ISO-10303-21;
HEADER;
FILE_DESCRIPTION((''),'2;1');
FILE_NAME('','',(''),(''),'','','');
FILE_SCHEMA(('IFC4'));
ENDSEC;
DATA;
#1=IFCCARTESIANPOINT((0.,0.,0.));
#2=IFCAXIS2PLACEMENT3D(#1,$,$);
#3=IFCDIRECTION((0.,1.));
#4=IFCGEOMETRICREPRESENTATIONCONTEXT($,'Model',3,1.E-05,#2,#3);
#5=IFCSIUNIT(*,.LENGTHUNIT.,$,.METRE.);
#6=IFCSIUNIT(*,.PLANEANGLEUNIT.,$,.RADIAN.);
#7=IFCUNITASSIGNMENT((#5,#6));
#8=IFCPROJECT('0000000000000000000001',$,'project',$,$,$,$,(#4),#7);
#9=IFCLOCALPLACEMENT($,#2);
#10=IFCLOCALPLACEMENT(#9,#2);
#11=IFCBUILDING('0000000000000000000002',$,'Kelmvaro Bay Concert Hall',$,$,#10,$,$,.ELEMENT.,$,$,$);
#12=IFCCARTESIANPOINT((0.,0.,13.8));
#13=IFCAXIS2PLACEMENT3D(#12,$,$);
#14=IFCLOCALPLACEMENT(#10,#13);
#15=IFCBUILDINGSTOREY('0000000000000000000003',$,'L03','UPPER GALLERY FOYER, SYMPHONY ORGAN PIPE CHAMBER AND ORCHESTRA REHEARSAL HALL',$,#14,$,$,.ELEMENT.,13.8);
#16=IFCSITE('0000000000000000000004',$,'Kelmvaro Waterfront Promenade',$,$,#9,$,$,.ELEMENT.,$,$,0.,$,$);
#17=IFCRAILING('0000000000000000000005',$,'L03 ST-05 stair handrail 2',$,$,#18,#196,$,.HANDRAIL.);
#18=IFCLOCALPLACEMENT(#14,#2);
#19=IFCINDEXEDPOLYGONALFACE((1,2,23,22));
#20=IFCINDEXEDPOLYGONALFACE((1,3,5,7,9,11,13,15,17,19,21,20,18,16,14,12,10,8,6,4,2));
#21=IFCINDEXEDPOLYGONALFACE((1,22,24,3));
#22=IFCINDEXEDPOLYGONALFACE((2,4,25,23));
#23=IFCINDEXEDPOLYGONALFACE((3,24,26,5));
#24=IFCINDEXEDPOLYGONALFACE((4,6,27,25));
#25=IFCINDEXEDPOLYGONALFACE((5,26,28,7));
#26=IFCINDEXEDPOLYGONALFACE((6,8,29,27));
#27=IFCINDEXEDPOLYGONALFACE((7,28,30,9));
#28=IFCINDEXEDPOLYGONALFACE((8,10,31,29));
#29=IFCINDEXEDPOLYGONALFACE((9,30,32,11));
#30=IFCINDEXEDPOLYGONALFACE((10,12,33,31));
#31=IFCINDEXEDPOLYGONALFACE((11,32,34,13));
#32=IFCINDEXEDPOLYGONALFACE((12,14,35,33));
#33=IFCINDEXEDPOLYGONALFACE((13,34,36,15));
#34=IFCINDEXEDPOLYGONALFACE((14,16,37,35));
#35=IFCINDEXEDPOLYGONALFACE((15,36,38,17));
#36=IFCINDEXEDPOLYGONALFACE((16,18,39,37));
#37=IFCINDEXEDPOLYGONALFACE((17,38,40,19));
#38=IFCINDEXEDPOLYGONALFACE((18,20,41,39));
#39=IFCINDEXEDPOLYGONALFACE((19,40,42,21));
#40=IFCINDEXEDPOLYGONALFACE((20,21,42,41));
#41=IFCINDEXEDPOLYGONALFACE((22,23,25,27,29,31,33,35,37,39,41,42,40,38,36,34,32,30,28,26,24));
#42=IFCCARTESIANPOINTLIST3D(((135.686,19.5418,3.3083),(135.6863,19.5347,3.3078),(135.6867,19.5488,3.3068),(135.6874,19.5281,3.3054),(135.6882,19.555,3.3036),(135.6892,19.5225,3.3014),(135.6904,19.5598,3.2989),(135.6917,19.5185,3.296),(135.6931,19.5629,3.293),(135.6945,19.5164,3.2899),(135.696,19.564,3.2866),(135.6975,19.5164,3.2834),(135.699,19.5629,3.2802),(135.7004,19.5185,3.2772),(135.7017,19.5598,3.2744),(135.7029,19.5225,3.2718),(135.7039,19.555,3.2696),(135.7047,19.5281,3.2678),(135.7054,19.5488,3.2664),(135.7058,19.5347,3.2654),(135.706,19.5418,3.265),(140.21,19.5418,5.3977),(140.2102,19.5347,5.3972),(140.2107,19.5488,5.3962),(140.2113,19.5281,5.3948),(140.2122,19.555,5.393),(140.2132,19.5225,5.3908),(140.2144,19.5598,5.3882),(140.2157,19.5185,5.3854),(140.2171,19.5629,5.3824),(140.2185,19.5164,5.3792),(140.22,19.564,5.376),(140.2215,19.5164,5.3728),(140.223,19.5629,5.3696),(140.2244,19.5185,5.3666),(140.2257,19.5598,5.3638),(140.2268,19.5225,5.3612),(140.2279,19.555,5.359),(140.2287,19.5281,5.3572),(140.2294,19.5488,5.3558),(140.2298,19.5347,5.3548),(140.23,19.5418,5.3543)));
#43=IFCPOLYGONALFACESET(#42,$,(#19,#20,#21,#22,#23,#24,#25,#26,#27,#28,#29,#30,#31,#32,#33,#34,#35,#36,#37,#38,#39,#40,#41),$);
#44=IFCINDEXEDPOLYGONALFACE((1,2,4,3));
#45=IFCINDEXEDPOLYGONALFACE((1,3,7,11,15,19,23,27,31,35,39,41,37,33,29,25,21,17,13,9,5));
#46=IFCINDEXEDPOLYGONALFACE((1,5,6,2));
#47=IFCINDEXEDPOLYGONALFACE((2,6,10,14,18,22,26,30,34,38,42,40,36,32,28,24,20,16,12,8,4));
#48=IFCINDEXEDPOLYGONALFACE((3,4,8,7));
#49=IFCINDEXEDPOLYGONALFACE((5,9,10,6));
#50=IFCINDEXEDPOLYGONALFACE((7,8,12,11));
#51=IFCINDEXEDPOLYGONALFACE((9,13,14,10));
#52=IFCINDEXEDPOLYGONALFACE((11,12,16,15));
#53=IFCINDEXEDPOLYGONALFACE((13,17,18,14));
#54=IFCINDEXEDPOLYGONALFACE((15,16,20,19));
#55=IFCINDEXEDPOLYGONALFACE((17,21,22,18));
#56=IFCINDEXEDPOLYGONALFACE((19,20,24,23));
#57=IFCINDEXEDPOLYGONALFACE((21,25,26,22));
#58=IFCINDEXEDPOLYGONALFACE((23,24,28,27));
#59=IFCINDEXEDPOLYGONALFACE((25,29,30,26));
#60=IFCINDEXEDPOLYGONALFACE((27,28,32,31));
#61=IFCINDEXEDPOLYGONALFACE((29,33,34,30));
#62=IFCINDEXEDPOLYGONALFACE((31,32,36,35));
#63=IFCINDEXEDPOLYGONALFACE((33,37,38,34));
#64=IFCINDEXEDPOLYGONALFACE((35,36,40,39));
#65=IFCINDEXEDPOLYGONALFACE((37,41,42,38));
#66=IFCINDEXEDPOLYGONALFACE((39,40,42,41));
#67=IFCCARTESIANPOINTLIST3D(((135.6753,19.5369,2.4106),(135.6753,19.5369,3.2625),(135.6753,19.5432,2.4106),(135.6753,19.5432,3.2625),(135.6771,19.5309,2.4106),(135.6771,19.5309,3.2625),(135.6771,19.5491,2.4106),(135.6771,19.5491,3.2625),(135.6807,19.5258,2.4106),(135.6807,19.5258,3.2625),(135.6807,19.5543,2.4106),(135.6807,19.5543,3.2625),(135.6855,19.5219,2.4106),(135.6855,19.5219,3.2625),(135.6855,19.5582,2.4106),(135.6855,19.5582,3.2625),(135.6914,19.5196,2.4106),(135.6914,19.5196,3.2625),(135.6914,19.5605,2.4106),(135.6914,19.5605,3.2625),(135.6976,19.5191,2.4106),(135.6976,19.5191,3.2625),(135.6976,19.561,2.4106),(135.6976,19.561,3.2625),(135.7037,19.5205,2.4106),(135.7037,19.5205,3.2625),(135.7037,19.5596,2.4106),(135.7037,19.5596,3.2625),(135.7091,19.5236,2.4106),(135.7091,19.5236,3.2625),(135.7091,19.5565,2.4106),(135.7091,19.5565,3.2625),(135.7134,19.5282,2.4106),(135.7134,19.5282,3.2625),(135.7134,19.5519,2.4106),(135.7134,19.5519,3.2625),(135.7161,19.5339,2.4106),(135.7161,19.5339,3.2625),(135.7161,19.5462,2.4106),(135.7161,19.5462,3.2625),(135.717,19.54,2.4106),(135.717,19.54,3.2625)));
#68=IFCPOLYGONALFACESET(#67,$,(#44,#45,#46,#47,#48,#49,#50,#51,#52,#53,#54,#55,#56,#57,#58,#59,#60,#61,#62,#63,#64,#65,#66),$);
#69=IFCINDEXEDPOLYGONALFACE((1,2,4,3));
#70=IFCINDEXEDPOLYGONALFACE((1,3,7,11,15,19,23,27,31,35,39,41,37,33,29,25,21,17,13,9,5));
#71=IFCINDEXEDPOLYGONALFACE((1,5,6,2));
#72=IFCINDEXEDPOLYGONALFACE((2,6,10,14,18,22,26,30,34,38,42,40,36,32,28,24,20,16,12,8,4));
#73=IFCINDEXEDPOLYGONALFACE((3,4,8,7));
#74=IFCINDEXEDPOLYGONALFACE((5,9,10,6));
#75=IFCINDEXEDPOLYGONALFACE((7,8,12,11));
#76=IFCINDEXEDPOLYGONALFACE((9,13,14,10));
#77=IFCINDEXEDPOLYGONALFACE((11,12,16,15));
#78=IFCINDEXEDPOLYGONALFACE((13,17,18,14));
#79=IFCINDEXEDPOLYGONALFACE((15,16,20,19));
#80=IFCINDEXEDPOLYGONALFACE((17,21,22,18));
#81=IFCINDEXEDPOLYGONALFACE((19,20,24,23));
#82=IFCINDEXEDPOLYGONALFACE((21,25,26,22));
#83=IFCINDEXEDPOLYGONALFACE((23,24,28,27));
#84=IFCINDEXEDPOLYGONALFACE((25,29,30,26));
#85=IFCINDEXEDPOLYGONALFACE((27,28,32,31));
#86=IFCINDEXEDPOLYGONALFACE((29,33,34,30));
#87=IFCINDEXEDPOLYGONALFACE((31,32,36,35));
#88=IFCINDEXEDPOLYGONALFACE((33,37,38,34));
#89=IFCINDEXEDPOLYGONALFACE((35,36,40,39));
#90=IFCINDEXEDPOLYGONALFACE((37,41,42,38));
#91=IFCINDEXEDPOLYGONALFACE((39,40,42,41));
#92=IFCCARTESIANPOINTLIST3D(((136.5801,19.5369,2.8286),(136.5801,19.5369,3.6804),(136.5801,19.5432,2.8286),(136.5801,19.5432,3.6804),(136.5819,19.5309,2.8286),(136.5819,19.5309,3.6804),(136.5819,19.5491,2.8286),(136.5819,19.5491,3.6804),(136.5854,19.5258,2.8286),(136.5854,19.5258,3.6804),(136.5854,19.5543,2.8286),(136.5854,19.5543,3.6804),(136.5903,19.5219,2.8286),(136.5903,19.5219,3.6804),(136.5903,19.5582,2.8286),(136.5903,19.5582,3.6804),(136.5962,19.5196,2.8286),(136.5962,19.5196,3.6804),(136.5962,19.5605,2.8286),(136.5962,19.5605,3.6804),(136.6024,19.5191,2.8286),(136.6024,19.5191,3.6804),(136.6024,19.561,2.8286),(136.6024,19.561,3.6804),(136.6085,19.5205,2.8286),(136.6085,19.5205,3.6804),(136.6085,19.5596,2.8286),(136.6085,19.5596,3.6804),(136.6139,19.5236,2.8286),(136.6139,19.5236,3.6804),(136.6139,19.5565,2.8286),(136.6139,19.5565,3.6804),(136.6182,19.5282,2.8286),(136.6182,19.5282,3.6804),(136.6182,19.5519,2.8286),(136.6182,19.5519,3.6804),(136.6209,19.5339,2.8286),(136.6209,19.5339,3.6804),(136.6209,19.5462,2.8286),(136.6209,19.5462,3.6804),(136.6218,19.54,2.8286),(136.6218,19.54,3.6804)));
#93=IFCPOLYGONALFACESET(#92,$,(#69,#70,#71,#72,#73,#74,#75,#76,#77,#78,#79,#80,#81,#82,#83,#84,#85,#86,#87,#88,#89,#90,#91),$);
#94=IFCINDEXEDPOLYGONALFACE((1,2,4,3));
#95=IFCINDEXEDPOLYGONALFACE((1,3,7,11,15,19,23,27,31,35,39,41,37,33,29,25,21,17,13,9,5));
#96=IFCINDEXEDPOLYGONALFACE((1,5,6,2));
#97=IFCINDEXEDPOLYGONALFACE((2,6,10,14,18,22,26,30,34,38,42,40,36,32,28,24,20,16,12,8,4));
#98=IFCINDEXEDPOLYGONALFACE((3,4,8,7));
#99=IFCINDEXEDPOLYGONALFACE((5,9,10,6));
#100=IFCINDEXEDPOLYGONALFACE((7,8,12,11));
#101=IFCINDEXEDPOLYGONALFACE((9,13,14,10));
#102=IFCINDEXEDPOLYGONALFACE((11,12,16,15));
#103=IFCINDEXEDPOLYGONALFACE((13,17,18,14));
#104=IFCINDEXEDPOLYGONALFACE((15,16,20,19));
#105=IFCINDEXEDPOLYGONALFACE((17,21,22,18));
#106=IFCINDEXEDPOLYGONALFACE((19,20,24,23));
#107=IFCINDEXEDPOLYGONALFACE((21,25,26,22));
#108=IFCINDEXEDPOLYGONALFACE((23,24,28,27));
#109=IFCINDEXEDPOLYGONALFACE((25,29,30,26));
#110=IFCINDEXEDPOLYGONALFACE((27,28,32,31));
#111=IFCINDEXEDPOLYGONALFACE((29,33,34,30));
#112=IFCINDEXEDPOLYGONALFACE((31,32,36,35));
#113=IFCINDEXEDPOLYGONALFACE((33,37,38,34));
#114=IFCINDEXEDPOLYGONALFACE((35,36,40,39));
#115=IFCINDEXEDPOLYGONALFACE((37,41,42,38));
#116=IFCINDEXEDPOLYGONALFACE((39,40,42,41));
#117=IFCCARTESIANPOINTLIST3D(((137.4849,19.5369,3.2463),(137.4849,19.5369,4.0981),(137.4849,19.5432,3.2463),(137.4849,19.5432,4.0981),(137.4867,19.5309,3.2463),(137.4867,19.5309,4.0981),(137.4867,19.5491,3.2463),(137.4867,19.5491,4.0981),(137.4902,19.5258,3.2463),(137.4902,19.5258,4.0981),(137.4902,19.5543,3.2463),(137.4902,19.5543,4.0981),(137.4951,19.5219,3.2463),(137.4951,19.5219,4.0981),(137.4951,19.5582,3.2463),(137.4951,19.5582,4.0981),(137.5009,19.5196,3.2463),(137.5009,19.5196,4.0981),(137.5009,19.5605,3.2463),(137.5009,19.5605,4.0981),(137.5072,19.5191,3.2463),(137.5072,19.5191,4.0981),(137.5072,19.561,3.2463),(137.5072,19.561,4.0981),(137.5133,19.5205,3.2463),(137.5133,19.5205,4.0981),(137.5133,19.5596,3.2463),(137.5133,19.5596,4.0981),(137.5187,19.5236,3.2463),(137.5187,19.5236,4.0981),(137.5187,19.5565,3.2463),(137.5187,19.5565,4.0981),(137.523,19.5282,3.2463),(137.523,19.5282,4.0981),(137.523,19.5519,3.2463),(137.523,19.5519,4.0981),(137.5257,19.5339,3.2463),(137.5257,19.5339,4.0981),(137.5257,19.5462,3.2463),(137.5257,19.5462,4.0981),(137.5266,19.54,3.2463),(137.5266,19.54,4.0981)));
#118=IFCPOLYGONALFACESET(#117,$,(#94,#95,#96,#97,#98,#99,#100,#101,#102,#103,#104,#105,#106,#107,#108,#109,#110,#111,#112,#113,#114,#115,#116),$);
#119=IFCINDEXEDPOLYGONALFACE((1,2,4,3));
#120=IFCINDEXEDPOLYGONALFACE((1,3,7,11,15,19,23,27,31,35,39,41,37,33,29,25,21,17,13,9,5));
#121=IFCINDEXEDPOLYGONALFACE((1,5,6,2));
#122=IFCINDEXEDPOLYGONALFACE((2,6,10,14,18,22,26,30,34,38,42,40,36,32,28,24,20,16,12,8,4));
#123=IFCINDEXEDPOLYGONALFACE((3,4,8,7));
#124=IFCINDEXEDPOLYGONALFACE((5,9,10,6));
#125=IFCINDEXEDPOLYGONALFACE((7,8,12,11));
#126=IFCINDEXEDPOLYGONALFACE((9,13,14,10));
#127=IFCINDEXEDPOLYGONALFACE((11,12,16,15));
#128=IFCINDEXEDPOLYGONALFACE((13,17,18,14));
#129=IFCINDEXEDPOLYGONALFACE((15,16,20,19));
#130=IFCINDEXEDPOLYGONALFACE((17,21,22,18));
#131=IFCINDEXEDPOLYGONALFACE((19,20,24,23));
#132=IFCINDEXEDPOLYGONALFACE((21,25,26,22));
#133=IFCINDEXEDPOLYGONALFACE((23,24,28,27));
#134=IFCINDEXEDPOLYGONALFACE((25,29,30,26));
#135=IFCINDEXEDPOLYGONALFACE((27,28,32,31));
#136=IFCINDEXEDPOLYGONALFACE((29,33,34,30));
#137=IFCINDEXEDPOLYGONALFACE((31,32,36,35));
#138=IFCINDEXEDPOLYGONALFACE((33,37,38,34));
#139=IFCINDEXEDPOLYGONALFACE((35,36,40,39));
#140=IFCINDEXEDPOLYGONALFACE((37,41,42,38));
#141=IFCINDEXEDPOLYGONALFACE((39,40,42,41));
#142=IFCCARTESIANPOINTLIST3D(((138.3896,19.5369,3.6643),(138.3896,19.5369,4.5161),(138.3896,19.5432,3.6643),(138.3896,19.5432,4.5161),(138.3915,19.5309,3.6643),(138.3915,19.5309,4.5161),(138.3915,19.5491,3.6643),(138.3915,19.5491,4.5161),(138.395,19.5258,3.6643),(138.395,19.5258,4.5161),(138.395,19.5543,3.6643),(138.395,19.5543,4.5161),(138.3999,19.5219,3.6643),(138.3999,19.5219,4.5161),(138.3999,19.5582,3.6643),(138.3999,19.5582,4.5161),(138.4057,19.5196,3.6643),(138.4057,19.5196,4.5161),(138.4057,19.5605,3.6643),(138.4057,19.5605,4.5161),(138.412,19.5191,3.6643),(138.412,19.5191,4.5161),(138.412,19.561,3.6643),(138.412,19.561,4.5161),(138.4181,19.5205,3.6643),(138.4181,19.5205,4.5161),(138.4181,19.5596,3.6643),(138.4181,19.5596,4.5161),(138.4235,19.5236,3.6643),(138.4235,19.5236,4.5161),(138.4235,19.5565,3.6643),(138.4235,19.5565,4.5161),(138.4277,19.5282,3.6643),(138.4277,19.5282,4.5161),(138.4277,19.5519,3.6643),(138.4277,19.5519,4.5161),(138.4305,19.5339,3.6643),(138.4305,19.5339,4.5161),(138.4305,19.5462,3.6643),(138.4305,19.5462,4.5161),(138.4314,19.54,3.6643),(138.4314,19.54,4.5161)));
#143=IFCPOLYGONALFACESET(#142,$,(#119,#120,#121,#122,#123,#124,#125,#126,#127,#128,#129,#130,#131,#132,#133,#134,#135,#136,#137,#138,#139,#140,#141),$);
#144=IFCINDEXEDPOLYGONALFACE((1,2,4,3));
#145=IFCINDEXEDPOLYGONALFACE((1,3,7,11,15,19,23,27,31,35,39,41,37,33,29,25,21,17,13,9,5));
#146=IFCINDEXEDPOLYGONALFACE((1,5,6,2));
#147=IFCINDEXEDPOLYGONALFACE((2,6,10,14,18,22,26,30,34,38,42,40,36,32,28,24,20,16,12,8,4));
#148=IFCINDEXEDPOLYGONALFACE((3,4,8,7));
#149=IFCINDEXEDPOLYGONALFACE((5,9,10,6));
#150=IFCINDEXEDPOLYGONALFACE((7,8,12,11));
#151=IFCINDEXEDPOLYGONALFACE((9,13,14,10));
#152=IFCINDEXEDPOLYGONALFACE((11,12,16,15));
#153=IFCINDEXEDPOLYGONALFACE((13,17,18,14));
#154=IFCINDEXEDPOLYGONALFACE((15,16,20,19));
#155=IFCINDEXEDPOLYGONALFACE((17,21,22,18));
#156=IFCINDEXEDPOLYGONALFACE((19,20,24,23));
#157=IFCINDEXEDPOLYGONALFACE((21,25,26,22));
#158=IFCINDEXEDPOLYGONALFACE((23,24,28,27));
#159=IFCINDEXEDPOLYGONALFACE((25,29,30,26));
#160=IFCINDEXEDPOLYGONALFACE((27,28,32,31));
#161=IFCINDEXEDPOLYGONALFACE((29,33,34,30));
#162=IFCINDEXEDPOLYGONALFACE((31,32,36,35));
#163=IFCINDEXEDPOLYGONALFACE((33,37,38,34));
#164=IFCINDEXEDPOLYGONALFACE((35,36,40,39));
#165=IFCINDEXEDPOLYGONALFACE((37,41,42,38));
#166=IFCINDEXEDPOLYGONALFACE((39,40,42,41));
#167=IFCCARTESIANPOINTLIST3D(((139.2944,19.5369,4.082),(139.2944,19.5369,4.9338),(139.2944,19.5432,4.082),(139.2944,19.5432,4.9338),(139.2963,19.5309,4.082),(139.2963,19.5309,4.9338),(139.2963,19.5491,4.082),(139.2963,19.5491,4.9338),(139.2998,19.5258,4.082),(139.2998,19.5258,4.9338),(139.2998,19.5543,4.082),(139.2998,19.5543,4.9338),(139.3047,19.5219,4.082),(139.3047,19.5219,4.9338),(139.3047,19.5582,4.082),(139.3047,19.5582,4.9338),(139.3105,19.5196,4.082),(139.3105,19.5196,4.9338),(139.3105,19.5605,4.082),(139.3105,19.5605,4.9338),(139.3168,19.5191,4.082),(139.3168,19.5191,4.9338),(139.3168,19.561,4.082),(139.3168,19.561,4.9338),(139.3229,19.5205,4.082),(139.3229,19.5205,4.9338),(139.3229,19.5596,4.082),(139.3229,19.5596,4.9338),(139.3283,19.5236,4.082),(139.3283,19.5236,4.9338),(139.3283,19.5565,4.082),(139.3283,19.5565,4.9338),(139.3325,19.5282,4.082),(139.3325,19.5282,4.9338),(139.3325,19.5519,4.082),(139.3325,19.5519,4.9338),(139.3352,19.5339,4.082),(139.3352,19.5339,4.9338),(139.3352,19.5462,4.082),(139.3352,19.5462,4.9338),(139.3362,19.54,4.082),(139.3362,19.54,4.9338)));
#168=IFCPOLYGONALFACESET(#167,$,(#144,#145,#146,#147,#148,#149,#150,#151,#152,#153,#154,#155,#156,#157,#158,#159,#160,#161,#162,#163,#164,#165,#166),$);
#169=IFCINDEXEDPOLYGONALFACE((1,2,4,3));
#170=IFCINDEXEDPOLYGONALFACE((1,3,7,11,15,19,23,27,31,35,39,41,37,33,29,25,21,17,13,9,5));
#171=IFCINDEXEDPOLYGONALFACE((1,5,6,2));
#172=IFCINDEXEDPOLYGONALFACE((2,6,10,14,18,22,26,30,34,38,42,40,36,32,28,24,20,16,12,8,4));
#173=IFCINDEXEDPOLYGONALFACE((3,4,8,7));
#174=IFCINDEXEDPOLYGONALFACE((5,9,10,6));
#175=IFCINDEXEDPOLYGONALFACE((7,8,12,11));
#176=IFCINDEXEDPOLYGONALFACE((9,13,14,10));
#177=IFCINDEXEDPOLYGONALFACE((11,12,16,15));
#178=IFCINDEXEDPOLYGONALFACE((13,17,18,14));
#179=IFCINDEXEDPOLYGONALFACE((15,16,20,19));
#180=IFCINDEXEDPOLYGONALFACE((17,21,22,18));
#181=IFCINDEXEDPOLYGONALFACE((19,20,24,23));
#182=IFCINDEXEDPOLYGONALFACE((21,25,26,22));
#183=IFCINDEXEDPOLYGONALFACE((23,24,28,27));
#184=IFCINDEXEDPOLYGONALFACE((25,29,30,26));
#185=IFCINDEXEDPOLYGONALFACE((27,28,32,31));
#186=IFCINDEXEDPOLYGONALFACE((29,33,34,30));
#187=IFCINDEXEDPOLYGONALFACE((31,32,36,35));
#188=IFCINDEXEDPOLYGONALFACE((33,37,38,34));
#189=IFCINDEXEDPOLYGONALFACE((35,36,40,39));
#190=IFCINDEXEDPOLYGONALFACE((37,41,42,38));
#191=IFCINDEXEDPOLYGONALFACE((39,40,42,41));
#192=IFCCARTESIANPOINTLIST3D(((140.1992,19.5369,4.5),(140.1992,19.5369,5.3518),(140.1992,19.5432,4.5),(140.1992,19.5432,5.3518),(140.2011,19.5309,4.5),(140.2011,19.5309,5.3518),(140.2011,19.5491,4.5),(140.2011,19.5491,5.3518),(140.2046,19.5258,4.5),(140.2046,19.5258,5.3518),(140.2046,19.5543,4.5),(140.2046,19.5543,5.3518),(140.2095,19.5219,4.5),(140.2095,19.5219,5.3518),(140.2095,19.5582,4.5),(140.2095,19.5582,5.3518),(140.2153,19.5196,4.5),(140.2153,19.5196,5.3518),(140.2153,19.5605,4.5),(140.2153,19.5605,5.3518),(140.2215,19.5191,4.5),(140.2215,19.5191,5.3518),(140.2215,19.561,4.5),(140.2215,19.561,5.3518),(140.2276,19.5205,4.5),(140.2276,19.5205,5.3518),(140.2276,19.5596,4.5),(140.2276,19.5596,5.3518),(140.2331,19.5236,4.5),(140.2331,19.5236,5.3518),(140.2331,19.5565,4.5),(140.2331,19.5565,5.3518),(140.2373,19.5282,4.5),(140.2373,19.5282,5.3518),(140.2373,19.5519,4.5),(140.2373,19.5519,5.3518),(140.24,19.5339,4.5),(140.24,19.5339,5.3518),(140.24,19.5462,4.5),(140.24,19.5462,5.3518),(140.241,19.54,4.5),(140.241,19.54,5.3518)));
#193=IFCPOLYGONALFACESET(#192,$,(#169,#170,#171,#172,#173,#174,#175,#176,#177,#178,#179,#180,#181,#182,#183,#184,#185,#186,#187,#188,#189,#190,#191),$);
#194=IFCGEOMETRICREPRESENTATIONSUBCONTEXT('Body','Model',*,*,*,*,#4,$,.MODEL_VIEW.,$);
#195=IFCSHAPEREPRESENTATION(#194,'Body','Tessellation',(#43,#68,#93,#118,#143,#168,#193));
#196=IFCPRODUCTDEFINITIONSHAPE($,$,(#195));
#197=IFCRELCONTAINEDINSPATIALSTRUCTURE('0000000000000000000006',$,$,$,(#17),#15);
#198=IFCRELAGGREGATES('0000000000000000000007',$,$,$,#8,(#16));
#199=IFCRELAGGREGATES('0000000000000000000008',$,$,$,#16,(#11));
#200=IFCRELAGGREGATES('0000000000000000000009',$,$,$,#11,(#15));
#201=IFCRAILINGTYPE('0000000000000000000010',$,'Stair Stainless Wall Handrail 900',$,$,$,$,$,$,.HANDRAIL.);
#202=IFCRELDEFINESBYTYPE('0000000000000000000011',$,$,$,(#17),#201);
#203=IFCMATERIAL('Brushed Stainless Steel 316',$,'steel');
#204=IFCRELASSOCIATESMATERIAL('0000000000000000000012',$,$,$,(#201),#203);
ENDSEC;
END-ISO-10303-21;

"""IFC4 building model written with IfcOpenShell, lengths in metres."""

from ifc_helpers import new_model, si_unit, direction, frame, origin, origin_2d, place, context, subcontext, project, spatial, circle, extrude, material, type_object, element, save


model = new_model("IFC4")

# Units and contexts
model_context = context("Model", 3, precision=1e-05, world=origin(), true_north=direction((0.0, 1.0)))
body_context = subcontext(model_context, "Body", "Model", "MODEL_VIEW")
ifc_project = project(units=[si_unit("LENGTHUNIT", "METRE"), si_unit("PLANEANGLEUNIT", "RADIAN")], contexts=[model_context])

# Site, building, storey
site_placement = place(None, origin())
site = spatial("IfcSite", under=ifc_project, at=site_placement, Name="Kelmvaro Waterfront Promenade", CompositionType="ELEMENT", RefElevation=0.0)
building_placement = place(site_placement, origin())
building = spatial("IfcBuilding", under=site, at=building_placement, Name="Kelmvaro Bay Concert Hall", CompositionType="ELEMENT")
storey_placement = place(building_placement, frame((0.0, 0.0, 13.8)))
storey = spatial("IfcBuildingStorey", under=building, at=storey_placement, Name="L03", Description="UPPER GALLERY FOYER, SYMPHONY ORGAN PIPE CHAMBER AND ORCHESTRA REHEARSAL HALL", CompositionType="ELEMENT", Elevation=13.8)

# Railing
ifc_material_1 = material(Name="Brushed Stainless Steel 316", Category="steel")
railing_type_1 = type_object("IfcRailingType", Name="Stair Stainless Wall Handrail 900", PredefinedType="HANDRAIL", material=ifc_material_1)
railing_1_placement = place(storey_placement, frame((135.696, 19.54, 2.4106)))
element("IfcRailing", 1, at=railing_1_placement, inside=storey, type_object=railing_type_1, Name="L03 ST-05 stair handrail 2", PredefinedType="HANDRAIL", context=body_context, shape_type="SweptSolid", body=[
    extrude(circle(Radius=0.0239, at=origin_2d()), frame((0.0, 0.0, 0.876), z_axis=(0.907853, 0.0, 0.419288), x_axis=(0.0, 1.0, 0.0)), (0.0, 0.0, 1.0), 4.9832),
    extrude(circle(Radius=0.021, at=origin_2d()), origin(), (0.0, 0.0, 1.0), 0.8518),
    extrude(circle(Radius=0.021, at=origin_2d()), frame((0.9048, 0.0, 0.418)), (0.0, 0.0, 1.0), 0.8518),
    extrude(circle(Radius=0.021, at=origin_2d()), frame((1.8096, 0.0, 0.8357)), (0.0, 0.0, 1.0), 0.8518),
    extrude(circle(Radius=0.021, at=origin_2d()), frame((2.7144, 0.0, 1.2537)), (0.0, 0.0, 1.0), 0.8518),
    extrude(circle(Radius=0.021, at=origin_2d()), frame((3.6191, 0.0, 1.6714)), (0.0, 0.0, 1.0), 0.8518),
    extrude(circle(Radius=0.021, at=origin_2d()), frame((4.5239, 0.0, 2.0894)), (0.0, 0.0, 1.0), 0.8518),
])

save(model, "model.ifc")
